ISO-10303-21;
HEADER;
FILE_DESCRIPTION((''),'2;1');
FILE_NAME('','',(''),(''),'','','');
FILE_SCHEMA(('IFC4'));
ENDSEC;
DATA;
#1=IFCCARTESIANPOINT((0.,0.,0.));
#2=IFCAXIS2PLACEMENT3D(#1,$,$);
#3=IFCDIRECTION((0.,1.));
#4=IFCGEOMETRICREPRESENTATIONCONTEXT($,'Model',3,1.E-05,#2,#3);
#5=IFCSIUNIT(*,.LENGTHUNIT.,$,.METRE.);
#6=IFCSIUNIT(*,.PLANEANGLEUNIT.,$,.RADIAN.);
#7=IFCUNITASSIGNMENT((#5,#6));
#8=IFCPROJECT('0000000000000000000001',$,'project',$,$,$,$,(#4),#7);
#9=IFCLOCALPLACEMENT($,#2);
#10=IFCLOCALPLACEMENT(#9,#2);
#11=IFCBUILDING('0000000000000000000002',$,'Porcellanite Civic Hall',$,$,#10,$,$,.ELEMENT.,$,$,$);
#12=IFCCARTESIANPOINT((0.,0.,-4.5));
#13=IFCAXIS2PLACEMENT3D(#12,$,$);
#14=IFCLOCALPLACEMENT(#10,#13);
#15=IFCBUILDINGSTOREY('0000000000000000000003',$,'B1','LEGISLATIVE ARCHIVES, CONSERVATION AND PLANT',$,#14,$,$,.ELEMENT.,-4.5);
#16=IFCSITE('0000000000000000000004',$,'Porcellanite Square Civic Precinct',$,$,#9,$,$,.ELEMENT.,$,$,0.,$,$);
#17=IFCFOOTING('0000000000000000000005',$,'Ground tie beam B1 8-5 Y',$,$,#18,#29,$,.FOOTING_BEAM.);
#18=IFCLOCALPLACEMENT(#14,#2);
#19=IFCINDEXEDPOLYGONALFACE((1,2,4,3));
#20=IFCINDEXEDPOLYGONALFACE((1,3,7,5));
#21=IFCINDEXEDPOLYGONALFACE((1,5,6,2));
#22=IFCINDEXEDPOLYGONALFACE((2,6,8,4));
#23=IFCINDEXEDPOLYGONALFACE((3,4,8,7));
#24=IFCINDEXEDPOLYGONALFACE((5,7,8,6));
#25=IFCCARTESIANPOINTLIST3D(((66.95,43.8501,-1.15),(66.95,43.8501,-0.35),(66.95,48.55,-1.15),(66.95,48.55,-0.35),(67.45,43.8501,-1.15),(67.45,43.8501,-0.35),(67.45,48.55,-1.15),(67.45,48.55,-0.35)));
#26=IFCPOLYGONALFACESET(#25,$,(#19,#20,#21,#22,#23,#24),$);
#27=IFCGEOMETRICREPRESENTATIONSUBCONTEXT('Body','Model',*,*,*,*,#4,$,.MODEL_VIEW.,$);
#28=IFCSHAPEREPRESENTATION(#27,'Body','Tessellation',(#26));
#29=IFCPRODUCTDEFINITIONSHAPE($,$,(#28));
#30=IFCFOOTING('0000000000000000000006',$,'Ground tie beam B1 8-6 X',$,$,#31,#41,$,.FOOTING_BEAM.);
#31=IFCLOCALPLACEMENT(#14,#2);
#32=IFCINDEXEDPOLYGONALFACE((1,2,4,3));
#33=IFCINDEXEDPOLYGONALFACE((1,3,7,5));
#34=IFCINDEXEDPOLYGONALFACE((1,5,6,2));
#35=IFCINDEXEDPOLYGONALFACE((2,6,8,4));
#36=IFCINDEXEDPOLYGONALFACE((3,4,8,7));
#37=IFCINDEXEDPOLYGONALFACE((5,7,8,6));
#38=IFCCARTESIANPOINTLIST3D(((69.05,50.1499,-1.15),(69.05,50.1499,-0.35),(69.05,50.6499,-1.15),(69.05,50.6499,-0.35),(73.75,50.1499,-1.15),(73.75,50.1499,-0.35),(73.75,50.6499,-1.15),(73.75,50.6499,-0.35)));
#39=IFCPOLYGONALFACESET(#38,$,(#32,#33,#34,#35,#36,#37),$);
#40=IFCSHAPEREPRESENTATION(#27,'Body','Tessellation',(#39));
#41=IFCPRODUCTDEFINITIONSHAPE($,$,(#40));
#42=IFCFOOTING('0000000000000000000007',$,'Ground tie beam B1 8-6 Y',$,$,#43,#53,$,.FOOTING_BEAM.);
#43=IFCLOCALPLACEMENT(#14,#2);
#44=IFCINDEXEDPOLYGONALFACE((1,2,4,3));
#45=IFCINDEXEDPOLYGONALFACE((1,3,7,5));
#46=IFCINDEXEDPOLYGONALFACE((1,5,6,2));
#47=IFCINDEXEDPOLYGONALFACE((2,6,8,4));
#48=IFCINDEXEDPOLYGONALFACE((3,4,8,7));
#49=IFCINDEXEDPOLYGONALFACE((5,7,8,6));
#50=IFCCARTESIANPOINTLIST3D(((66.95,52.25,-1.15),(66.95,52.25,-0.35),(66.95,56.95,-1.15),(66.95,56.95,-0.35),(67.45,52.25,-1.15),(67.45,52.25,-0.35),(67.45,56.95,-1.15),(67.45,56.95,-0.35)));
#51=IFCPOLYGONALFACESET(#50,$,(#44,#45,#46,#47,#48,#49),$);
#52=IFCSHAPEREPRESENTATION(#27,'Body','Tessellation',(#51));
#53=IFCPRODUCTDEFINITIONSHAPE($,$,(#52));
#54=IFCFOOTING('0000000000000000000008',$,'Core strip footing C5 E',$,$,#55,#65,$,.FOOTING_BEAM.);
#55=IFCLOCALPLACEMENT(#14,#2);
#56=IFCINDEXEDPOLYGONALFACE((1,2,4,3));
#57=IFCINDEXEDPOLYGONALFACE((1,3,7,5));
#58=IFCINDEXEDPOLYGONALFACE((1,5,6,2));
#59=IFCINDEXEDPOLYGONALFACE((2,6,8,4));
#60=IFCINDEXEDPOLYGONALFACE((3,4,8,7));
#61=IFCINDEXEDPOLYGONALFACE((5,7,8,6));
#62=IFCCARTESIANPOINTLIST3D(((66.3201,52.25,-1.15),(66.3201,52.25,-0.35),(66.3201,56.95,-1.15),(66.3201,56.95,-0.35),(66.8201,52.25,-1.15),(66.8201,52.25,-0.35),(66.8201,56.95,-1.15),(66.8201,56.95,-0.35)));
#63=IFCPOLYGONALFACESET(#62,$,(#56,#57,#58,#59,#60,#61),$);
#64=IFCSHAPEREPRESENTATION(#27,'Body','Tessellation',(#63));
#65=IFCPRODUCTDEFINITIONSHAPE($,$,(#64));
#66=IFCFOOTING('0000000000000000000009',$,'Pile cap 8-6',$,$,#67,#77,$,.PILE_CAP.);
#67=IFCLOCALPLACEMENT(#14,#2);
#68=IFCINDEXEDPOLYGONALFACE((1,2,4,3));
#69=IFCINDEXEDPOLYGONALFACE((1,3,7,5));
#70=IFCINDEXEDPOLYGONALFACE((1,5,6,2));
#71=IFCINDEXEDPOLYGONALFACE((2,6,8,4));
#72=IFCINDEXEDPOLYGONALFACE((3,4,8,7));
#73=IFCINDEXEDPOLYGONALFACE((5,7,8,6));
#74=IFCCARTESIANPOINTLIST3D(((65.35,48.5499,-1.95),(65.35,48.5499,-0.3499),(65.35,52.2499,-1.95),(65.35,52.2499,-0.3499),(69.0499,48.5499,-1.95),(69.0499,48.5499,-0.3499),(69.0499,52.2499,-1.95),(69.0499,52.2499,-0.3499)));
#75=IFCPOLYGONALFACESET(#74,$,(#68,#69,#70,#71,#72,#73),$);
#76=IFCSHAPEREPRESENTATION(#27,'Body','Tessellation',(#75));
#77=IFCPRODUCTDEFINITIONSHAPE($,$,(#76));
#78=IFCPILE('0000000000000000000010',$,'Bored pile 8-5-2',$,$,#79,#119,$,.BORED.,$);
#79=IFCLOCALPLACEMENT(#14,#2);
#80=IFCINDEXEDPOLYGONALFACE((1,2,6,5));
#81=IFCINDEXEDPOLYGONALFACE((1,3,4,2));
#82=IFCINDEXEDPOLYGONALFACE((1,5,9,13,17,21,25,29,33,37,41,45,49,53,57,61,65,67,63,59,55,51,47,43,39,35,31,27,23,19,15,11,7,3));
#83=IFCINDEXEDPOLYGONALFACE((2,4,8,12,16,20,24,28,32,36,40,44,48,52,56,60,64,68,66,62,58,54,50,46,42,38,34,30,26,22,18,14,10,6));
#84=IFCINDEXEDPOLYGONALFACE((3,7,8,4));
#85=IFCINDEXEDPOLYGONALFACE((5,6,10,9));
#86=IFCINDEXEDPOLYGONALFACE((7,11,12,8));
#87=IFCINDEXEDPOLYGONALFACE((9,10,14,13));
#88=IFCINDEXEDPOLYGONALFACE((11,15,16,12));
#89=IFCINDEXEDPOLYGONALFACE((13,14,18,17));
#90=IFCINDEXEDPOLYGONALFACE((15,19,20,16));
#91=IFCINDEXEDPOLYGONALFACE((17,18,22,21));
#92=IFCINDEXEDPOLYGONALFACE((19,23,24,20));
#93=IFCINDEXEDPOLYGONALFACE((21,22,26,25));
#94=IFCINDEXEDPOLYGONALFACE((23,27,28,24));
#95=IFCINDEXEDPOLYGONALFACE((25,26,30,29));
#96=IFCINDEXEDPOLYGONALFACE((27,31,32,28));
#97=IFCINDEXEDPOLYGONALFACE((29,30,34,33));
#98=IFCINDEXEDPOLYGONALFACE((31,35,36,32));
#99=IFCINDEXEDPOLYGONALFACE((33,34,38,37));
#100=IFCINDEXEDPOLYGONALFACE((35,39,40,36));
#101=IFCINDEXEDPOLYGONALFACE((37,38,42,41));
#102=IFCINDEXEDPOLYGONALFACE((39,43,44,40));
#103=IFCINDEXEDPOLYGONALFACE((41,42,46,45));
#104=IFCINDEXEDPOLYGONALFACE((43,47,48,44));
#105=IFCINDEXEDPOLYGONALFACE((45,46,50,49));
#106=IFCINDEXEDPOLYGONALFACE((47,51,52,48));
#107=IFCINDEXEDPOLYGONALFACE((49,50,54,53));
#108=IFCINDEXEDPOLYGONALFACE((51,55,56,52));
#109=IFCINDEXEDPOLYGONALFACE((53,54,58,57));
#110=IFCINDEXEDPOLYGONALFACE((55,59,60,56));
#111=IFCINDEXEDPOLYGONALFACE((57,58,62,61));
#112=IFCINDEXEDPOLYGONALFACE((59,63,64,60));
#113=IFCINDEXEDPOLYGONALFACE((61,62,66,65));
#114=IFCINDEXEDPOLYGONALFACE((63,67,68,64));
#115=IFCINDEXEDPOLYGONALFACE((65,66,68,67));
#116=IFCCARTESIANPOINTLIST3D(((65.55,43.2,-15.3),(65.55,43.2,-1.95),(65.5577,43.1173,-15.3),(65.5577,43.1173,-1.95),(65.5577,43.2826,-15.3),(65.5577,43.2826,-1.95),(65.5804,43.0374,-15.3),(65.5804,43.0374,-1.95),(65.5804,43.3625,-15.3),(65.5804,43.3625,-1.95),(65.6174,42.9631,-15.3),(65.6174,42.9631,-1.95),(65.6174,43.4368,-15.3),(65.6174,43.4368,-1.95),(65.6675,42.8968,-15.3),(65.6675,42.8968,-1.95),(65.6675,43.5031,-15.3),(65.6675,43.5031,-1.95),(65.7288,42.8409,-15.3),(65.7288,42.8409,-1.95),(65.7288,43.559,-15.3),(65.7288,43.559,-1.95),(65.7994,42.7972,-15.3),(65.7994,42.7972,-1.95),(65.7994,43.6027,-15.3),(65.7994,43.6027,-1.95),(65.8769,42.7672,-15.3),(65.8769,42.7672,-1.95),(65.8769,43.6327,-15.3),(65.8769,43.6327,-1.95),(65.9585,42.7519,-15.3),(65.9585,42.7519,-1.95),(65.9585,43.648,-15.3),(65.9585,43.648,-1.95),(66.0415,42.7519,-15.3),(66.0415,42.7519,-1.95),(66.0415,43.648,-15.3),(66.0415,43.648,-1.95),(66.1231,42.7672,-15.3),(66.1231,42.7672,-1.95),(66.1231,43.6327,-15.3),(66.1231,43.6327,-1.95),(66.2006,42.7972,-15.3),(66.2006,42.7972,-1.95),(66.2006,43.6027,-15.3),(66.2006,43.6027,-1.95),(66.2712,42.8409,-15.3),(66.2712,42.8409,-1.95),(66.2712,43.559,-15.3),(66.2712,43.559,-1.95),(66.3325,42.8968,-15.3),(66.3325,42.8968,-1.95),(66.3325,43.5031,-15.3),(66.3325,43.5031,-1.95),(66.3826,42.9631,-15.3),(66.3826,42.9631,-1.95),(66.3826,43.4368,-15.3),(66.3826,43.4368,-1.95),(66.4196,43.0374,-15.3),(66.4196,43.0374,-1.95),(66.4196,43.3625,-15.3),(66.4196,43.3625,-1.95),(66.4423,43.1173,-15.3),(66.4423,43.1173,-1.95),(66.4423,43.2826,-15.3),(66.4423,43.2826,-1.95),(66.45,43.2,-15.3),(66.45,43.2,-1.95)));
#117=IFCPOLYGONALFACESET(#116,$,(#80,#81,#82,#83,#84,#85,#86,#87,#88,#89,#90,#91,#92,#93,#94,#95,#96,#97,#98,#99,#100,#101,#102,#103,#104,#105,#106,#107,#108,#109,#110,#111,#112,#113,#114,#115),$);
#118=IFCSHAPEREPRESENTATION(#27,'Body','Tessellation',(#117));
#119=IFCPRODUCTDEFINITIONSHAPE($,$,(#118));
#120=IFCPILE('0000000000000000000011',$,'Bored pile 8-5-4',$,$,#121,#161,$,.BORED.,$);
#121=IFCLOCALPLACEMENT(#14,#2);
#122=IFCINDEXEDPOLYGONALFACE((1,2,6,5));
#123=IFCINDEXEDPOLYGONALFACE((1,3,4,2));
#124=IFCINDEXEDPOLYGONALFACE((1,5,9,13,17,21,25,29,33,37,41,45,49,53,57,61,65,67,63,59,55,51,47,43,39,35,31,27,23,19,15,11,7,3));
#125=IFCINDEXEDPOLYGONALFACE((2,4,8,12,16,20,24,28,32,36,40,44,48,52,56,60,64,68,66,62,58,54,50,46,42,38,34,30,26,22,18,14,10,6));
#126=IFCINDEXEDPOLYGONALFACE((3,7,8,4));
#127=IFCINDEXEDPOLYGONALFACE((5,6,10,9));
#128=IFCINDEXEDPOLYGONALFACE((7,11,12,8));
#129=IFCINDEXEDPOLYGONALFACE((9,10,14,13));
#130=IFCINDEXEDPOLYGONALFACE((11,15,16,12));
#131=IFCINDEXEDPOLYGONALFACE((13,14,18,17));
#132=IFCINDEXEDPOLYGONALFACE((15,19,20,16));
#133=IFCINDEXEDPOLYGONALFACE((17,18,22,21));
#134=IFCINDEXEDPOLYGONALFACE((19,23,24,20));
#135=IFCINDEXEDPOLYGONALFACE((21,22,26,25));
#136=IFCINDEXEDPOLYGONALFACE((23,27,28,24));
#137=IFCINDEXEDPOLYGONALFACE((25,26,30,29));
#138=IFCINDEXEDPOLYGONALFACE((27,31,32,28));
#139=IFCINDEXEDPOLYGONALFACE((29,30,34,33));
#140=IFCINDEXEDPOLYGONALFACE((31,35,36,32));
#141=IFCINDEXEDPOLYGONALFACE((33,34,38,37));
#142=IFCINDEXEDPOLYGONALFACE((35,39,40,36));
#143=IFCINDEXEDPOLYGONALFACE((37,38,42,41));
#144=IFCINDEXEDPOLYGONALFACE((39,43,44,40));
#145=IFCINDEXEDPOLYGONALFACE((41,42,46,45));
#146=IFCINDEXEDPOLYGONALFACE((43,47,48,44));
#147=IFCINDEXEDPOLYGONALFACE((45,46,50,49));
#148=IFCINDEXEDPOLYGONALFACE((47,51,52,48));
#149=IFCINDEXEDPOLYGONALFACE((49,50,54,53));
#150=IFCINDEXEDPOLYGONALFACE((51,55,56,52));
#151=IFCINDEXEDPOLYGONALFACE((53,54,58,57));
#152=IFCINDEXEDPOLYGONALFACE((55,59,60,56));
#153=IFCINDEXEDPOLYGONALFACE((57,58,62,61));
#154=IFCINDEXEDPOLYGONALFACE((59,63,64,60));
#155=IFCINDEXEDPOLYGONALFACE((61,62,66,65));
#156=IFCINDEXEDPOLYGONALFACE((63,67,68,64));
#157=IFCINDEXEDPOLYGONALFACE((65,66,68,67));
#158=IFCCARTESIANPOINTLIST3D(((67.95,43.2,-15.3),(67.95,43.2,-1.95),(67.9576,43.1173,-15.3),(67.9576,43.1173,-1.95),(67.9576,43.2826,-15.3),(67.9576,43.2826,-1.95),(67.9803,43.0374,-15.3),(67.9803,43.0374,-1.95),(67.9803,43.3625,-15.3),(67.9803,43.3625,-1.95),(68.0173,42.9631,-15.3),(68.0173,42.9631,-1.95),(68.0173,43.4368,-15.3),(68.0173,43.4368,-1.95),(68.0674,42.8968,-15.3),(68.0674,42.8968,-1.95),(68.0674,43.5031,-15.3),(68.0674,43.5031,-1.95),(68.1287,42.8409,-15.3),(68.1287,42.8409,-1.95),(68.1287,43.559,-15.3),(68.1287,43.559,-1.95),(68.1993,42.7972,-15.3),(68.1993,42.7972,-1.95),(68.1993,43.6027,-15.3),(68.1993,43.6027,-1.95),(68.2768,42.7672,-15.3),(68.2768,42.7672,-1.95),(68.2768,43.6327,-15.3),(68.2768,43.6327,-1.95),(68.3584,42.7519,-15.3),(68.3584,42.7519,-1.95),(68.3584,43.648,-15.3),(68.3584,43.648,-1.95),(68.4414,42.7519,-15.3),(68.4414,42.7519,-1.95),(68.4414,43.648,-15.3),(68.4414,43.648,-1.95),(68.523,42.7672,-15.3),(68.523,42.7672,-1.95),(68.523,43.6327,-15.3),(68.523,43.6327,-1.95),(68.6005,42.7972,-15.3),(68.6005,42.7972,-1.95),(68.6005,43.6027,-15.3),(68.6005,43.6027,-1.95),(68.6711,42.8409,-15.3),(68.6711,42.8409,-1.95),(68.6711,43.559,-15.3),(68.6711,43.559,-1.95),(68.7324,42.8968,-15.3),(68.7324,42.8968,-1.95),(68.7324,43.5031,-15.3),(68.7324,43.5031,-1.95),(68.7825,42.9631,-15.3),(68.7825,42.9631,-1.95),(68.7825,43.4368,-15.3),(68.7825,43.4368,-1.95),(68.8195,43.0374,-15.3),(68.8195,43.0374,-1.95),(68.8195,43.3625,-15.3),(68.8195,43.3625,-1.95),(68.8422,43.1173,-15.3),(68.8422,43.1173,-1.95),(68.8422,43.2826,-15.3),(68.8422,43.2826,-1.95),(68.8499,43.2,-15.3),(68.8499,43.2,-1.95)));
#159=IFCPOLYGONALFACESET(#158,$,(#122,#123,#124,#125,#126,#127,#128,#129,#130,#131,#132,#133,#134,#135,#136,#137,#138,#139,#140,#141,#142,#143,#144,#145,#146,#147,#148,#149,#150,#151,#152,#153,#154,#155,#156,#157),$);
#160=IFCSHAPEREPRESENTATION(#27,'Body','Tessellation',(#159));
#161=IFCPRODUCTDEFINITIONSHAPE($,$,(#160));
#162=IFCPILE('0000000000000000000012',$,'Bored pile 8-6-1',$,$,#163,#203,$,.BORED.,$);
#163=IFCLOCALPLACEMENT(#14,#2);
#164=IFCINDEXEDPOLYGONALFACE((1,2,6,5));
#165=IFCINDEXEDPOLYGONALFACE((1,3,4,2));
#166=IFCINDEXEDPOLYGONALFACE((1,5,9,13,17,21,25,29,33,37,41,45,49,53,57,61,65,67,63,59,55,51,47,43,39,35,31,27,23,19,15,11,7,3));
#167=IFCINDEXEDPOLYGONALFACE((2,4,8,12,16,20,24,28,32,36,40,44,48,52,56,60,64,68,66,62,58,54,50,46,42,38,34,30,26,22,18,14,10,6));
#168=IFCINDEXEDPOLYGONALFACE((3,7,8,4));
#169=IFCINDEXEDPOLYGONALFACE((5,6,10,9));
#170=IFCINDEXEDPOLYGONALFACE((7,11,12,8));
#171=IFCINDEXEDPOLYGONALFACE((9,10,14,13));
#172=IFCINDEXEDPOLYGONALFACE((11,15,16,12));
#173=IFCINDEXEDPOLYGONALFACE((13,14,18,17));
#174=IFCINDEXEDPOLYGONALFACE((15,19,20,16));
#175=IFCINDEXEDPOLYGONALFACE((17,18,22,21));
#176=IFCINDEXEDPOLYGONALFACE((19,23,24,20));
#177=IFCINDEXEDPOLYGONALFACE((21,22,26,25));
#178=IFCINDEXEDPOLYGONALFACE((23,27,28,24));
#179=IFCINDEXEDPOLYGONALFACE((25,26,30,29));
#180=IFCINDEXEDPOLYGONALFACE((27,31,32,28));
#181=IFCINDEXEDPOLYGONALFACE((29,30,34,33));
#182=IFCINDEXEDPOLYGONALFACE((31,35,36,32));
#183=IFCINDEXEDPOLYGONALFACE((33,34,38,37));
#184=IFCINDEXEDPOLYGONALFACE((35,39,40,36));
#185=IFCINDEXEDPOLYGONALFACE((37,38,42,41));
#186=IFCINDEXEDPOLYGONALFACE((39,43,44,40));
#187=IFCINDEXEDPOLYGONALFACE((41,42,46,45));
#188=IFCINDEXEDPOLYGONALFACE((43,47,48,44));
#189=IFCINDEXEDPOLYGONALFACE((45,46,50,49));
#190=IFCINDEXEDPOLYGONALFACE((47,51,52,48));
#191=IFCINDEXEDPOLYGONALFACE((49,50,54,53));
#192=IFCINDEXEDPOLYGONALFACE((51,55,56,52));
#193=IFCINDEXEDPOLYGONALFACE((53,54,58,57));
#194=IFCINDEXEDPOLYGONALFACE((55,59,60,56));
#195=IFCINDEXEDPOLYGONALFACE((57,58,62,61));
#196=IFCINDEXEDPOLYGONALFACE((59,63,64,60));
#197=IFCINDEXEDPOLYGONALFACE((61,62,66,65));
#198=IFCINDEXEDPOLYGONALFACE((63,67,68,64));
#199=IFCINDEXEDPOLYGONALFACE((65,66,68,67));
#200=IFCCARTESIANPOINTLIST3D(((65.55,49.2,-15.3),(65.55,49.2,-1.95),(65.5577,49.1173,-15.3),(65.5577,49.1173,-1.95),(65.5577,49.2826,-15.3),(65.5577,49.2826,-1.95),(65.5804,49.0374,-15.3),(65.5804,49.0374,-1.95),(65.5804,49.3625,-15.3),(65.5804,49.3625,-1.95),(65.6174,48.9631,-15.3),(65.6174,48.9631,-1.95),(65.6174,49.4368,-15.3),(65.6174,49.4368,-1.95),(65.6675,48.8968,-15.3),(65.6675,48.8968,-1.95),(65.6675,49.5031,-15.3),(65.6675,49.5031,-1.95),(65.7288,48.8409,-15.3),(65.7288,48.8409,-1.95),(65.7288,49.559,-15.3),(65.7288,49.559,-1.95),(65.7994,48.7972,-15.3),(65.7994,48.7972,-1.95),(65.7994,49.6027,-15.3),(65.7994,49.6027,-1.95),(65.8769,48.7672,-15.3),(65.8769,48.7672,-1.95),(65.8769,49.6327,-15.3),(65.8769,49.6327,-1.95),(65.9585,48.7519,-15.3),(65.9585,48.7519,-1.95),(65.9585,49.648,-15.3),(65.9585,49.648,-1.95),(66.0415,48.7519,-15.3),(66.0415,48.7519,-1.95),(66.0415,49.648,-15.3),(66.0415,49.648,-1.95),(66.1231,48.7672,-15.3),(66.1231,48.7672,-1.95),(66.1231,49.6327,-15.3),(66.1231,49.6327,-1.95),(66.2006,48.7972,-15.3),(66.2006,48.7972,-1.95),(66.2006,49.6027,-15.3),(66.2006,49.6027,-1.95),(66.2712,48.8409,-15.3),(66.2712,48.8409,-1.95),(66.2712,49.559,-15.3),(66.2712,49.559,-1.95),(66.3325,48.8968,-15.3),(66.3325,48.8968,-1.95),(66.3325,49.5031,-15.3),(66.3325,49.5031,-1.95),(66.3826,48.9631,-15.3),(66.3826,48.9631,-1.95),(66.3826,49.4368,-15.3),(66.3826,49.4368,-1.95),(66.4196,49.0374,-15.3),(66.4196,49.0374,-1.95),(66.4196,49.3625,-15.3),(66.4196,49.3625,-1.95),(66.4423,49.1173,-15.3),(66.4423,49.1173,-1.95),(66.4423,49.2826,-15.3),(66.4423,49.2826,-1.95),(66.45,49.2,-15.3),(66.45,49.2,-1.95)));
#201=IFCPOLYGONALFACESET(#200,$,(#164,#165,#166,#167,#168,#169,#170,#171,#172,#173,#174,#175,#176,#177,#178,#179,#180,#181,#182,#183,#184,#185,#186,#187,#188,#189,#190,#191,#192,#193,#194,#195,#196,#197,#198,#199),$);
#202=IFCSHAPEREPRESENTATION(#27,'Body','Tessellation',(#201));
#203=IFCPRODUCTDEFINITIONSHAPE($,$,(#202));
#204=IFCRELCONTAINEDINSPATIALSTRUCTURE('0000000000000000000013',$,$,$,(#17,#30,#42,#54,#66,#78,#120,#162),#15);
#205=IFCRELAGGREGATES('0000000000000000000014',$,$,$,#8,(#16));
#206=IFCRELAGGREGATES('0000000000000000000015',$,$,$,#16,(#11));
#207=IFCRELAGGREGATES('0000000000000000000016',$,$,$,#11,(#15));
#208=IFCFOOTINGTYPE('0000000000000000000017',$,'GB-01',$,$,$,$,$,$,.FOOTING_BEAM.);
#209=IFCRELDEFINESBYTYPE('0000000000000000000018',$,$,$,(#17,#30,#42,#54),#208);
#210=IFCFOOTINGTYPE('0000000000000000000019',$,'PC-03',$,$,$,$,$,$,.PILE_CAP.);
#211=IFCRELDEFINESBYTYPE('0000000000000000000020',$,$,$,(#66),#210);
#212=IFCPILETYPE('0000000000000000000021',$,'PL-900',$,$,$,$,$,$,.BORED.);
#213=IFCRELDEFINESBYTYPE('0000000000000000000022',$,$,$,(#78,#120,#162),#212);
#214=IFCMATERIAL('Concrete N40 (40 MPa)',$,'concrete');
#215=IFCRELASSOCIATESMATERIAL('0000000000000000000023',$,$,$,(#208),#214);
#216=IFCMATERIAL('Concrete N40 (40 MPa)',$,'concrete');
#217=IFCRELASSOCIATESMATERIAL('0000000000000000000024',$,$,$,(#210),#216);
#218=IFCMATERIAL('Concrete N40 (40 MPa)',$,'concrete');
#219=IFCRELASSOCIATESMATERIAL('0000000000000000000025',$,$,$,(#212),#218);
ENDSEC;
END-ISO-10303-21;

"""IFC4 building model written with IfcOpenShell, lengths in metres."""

from ifc_helpers import new_model, si_unit, direction, frame, origin, origin_2d, place, context, subcontext, project, spatial, rectangle, circle, extrude, material, material_profile, profile_set, type_object, element, save


model = new_model("IFC4")

# Units and contexts
model_context = context("Model", 3, precision=1e-05, world=origin(), true_north=direction((0.0, 1.0)))
body_context = subcontext(model_context, "Body", "Model", "MODEL_VIEW")
ifc_project = project(units=[si_unit("LENGTHUNIT", "METRE"), si_unit("PLANEANGLEUNIT", "RADIAN")], contexts=[model_context])

# Site, building, storey
site_placement = place(None, origin())
site = spatial("IfcSite", under=ifc_project, at=site_placement, Name="Porcellanite Square Civic Precinct", CompositionType="ELEMENT", RefElevation=0.0)
building_placement = place(site_placement, origin())
building = spatial("IfcBuilding", under=site, at=building_placement, Name="Porcellanite Civic Hall", CompositionType="ELEMENT")
storey_placement = place(building_placement, frame((0.0, 0.0, -4.5)))
storey = spatial("IfcBuildingStorey", under=building, at=storey_placement, Name="B1", Description="LEGISLATIVE ARCHIVES, CONSERVATION AND PLANT", CompositionType="ELEMENT", Elevation=-4.5)

# Footings
ifc_material_1 = material(Name="Concrete N40 (40 MPa)", Category="concrete")
ifc_material_profile_1 = material_profile(ifc_material_1, rectangle(XDim=0.5, YDim=0.8, at=origin_2d()), Name="RC-500x800")
ifc_profile_set_1 = profile_set([ifc_material_profile_1], Name="Concrete N40 (40 MPa)")
footing_type_1 = type_object("IfcFootingType", Name="GB-01", PredefinedType="FOOTING_BEAM", material=ifc_profile_set_1)
for number, where, z_axis, x_axis, name in (
    (1, (67.2, 43.8501, -0.75), (0.0, 1.0, 0.0), (-1.0, 0.0, 0.0), "Ground tie beam B1 8-5 Y"),
    (2, (69.05, 50.3999, -0.75), (1.0, 0.0, 0.0), (0.0, 1.0, 0.0), "Ground tie beam B1 8-6 X"),
    (3, (67.2, 52.25, -0.75), (0.0, 1.0, 0.0), (-1.0, 0.0, 0.0), "Ground tie beam B1 8-6 Y"),
    (4, (66.5701, 52.25, -0.75), (0.0, 1.0, 0.0), (-1.0, 0.0, 0.0), "Core strip footing C5 E"),
):
    element("IfcFooting", number, at=place(storey_placement, frame(where, z_axis=z_axis, x_axis=x_axis)), inside=storey, type_object=footing_type_1, Name=name, PredefinedType="FOOTING_BEAM", context=body_context, shape_type="SweptSolid", body=[
        extrude(rectangle(XDim=0.5, YDim=0.8, at=origin_2d()), origin(), (0.0, 0.0, 1.0), 4.7),
    ])
ifc_material_2 = material(Name="Concrete N40 (40 MPa)", Category="concrete")
footing_type_2 = type_object("IfcFootingType", Name="PC-03", PredefinedType="PILE_CAP", material=ifc_material_2)
footing_placement = place(storey_placement, frame((67.2, 50.3999, -1.95), z_axis=(0.0, 0.0, 1.0), x_axis=(1.0, 0.0, 0.0)))
element("IfcFooting", 5, at=footing_placement, inside=storey, type_object=footing_type_2, Name="Pile cap 8-6", PredefinedType="PILE_CAP", context=body_context, shape_type="SweptSolid", body=[
    extrude(rectangle(XDim=3.7, YDim=3.7, at=origin_2d()), origin(), (0.0, 0.0, 1.0), 1.6001),
])

# Piles
ifc_material_3 = material(Name="Concrete N40 (40 MPa)", Category="concrete")
ifc_material_profile_2 = material_profile(ifc_material_3, circle(Radius=0.45, at=origin_2d()), Name="PILE-D900")
ifc_profile_set_2 = profile_set([ifc_material_profile_2], Name="Concrete N40 (40 MPa)")
pile_type = type_object("IfcPileType", Name="PL-900", PredefinedType="BORED", material=ifc_profile_set_2)
for number, where, z_axis, x_axis, name in (
    (6, (66.0, 43.2, -1.95), (0.0, 0.0, -1.0), (1.0, 0.0, 0.0), "Bored pile 8-5-2"),
    (7, (68.3999, 43.2, -1.95), (0.0, 0.0, -1.0), (1.0, 0.0, 0.0), "Bored pile 8-5-4"),
    (8, (66.0, 49.2, -1.95), (0.0, 0.0, -1.0), (1.0, 0.0, 0.0), "Bored pile 8-6-1"),
):
    element("IfcPile", number, at=place(storey_placement, frame(where, z_axis=z_axis, x_axis=x_axis)), inside=storey, type_object=pile_type, Name=name, PredefinedType="BORED", context=body_context, shape_type="SweptSolid", body=[
        extrude(circle(Radius=0.45, at=origin_2d()), origin(), (0.0, 0.0, 1.0), 13.3501),
    ])

save(model, "model.ifc")
